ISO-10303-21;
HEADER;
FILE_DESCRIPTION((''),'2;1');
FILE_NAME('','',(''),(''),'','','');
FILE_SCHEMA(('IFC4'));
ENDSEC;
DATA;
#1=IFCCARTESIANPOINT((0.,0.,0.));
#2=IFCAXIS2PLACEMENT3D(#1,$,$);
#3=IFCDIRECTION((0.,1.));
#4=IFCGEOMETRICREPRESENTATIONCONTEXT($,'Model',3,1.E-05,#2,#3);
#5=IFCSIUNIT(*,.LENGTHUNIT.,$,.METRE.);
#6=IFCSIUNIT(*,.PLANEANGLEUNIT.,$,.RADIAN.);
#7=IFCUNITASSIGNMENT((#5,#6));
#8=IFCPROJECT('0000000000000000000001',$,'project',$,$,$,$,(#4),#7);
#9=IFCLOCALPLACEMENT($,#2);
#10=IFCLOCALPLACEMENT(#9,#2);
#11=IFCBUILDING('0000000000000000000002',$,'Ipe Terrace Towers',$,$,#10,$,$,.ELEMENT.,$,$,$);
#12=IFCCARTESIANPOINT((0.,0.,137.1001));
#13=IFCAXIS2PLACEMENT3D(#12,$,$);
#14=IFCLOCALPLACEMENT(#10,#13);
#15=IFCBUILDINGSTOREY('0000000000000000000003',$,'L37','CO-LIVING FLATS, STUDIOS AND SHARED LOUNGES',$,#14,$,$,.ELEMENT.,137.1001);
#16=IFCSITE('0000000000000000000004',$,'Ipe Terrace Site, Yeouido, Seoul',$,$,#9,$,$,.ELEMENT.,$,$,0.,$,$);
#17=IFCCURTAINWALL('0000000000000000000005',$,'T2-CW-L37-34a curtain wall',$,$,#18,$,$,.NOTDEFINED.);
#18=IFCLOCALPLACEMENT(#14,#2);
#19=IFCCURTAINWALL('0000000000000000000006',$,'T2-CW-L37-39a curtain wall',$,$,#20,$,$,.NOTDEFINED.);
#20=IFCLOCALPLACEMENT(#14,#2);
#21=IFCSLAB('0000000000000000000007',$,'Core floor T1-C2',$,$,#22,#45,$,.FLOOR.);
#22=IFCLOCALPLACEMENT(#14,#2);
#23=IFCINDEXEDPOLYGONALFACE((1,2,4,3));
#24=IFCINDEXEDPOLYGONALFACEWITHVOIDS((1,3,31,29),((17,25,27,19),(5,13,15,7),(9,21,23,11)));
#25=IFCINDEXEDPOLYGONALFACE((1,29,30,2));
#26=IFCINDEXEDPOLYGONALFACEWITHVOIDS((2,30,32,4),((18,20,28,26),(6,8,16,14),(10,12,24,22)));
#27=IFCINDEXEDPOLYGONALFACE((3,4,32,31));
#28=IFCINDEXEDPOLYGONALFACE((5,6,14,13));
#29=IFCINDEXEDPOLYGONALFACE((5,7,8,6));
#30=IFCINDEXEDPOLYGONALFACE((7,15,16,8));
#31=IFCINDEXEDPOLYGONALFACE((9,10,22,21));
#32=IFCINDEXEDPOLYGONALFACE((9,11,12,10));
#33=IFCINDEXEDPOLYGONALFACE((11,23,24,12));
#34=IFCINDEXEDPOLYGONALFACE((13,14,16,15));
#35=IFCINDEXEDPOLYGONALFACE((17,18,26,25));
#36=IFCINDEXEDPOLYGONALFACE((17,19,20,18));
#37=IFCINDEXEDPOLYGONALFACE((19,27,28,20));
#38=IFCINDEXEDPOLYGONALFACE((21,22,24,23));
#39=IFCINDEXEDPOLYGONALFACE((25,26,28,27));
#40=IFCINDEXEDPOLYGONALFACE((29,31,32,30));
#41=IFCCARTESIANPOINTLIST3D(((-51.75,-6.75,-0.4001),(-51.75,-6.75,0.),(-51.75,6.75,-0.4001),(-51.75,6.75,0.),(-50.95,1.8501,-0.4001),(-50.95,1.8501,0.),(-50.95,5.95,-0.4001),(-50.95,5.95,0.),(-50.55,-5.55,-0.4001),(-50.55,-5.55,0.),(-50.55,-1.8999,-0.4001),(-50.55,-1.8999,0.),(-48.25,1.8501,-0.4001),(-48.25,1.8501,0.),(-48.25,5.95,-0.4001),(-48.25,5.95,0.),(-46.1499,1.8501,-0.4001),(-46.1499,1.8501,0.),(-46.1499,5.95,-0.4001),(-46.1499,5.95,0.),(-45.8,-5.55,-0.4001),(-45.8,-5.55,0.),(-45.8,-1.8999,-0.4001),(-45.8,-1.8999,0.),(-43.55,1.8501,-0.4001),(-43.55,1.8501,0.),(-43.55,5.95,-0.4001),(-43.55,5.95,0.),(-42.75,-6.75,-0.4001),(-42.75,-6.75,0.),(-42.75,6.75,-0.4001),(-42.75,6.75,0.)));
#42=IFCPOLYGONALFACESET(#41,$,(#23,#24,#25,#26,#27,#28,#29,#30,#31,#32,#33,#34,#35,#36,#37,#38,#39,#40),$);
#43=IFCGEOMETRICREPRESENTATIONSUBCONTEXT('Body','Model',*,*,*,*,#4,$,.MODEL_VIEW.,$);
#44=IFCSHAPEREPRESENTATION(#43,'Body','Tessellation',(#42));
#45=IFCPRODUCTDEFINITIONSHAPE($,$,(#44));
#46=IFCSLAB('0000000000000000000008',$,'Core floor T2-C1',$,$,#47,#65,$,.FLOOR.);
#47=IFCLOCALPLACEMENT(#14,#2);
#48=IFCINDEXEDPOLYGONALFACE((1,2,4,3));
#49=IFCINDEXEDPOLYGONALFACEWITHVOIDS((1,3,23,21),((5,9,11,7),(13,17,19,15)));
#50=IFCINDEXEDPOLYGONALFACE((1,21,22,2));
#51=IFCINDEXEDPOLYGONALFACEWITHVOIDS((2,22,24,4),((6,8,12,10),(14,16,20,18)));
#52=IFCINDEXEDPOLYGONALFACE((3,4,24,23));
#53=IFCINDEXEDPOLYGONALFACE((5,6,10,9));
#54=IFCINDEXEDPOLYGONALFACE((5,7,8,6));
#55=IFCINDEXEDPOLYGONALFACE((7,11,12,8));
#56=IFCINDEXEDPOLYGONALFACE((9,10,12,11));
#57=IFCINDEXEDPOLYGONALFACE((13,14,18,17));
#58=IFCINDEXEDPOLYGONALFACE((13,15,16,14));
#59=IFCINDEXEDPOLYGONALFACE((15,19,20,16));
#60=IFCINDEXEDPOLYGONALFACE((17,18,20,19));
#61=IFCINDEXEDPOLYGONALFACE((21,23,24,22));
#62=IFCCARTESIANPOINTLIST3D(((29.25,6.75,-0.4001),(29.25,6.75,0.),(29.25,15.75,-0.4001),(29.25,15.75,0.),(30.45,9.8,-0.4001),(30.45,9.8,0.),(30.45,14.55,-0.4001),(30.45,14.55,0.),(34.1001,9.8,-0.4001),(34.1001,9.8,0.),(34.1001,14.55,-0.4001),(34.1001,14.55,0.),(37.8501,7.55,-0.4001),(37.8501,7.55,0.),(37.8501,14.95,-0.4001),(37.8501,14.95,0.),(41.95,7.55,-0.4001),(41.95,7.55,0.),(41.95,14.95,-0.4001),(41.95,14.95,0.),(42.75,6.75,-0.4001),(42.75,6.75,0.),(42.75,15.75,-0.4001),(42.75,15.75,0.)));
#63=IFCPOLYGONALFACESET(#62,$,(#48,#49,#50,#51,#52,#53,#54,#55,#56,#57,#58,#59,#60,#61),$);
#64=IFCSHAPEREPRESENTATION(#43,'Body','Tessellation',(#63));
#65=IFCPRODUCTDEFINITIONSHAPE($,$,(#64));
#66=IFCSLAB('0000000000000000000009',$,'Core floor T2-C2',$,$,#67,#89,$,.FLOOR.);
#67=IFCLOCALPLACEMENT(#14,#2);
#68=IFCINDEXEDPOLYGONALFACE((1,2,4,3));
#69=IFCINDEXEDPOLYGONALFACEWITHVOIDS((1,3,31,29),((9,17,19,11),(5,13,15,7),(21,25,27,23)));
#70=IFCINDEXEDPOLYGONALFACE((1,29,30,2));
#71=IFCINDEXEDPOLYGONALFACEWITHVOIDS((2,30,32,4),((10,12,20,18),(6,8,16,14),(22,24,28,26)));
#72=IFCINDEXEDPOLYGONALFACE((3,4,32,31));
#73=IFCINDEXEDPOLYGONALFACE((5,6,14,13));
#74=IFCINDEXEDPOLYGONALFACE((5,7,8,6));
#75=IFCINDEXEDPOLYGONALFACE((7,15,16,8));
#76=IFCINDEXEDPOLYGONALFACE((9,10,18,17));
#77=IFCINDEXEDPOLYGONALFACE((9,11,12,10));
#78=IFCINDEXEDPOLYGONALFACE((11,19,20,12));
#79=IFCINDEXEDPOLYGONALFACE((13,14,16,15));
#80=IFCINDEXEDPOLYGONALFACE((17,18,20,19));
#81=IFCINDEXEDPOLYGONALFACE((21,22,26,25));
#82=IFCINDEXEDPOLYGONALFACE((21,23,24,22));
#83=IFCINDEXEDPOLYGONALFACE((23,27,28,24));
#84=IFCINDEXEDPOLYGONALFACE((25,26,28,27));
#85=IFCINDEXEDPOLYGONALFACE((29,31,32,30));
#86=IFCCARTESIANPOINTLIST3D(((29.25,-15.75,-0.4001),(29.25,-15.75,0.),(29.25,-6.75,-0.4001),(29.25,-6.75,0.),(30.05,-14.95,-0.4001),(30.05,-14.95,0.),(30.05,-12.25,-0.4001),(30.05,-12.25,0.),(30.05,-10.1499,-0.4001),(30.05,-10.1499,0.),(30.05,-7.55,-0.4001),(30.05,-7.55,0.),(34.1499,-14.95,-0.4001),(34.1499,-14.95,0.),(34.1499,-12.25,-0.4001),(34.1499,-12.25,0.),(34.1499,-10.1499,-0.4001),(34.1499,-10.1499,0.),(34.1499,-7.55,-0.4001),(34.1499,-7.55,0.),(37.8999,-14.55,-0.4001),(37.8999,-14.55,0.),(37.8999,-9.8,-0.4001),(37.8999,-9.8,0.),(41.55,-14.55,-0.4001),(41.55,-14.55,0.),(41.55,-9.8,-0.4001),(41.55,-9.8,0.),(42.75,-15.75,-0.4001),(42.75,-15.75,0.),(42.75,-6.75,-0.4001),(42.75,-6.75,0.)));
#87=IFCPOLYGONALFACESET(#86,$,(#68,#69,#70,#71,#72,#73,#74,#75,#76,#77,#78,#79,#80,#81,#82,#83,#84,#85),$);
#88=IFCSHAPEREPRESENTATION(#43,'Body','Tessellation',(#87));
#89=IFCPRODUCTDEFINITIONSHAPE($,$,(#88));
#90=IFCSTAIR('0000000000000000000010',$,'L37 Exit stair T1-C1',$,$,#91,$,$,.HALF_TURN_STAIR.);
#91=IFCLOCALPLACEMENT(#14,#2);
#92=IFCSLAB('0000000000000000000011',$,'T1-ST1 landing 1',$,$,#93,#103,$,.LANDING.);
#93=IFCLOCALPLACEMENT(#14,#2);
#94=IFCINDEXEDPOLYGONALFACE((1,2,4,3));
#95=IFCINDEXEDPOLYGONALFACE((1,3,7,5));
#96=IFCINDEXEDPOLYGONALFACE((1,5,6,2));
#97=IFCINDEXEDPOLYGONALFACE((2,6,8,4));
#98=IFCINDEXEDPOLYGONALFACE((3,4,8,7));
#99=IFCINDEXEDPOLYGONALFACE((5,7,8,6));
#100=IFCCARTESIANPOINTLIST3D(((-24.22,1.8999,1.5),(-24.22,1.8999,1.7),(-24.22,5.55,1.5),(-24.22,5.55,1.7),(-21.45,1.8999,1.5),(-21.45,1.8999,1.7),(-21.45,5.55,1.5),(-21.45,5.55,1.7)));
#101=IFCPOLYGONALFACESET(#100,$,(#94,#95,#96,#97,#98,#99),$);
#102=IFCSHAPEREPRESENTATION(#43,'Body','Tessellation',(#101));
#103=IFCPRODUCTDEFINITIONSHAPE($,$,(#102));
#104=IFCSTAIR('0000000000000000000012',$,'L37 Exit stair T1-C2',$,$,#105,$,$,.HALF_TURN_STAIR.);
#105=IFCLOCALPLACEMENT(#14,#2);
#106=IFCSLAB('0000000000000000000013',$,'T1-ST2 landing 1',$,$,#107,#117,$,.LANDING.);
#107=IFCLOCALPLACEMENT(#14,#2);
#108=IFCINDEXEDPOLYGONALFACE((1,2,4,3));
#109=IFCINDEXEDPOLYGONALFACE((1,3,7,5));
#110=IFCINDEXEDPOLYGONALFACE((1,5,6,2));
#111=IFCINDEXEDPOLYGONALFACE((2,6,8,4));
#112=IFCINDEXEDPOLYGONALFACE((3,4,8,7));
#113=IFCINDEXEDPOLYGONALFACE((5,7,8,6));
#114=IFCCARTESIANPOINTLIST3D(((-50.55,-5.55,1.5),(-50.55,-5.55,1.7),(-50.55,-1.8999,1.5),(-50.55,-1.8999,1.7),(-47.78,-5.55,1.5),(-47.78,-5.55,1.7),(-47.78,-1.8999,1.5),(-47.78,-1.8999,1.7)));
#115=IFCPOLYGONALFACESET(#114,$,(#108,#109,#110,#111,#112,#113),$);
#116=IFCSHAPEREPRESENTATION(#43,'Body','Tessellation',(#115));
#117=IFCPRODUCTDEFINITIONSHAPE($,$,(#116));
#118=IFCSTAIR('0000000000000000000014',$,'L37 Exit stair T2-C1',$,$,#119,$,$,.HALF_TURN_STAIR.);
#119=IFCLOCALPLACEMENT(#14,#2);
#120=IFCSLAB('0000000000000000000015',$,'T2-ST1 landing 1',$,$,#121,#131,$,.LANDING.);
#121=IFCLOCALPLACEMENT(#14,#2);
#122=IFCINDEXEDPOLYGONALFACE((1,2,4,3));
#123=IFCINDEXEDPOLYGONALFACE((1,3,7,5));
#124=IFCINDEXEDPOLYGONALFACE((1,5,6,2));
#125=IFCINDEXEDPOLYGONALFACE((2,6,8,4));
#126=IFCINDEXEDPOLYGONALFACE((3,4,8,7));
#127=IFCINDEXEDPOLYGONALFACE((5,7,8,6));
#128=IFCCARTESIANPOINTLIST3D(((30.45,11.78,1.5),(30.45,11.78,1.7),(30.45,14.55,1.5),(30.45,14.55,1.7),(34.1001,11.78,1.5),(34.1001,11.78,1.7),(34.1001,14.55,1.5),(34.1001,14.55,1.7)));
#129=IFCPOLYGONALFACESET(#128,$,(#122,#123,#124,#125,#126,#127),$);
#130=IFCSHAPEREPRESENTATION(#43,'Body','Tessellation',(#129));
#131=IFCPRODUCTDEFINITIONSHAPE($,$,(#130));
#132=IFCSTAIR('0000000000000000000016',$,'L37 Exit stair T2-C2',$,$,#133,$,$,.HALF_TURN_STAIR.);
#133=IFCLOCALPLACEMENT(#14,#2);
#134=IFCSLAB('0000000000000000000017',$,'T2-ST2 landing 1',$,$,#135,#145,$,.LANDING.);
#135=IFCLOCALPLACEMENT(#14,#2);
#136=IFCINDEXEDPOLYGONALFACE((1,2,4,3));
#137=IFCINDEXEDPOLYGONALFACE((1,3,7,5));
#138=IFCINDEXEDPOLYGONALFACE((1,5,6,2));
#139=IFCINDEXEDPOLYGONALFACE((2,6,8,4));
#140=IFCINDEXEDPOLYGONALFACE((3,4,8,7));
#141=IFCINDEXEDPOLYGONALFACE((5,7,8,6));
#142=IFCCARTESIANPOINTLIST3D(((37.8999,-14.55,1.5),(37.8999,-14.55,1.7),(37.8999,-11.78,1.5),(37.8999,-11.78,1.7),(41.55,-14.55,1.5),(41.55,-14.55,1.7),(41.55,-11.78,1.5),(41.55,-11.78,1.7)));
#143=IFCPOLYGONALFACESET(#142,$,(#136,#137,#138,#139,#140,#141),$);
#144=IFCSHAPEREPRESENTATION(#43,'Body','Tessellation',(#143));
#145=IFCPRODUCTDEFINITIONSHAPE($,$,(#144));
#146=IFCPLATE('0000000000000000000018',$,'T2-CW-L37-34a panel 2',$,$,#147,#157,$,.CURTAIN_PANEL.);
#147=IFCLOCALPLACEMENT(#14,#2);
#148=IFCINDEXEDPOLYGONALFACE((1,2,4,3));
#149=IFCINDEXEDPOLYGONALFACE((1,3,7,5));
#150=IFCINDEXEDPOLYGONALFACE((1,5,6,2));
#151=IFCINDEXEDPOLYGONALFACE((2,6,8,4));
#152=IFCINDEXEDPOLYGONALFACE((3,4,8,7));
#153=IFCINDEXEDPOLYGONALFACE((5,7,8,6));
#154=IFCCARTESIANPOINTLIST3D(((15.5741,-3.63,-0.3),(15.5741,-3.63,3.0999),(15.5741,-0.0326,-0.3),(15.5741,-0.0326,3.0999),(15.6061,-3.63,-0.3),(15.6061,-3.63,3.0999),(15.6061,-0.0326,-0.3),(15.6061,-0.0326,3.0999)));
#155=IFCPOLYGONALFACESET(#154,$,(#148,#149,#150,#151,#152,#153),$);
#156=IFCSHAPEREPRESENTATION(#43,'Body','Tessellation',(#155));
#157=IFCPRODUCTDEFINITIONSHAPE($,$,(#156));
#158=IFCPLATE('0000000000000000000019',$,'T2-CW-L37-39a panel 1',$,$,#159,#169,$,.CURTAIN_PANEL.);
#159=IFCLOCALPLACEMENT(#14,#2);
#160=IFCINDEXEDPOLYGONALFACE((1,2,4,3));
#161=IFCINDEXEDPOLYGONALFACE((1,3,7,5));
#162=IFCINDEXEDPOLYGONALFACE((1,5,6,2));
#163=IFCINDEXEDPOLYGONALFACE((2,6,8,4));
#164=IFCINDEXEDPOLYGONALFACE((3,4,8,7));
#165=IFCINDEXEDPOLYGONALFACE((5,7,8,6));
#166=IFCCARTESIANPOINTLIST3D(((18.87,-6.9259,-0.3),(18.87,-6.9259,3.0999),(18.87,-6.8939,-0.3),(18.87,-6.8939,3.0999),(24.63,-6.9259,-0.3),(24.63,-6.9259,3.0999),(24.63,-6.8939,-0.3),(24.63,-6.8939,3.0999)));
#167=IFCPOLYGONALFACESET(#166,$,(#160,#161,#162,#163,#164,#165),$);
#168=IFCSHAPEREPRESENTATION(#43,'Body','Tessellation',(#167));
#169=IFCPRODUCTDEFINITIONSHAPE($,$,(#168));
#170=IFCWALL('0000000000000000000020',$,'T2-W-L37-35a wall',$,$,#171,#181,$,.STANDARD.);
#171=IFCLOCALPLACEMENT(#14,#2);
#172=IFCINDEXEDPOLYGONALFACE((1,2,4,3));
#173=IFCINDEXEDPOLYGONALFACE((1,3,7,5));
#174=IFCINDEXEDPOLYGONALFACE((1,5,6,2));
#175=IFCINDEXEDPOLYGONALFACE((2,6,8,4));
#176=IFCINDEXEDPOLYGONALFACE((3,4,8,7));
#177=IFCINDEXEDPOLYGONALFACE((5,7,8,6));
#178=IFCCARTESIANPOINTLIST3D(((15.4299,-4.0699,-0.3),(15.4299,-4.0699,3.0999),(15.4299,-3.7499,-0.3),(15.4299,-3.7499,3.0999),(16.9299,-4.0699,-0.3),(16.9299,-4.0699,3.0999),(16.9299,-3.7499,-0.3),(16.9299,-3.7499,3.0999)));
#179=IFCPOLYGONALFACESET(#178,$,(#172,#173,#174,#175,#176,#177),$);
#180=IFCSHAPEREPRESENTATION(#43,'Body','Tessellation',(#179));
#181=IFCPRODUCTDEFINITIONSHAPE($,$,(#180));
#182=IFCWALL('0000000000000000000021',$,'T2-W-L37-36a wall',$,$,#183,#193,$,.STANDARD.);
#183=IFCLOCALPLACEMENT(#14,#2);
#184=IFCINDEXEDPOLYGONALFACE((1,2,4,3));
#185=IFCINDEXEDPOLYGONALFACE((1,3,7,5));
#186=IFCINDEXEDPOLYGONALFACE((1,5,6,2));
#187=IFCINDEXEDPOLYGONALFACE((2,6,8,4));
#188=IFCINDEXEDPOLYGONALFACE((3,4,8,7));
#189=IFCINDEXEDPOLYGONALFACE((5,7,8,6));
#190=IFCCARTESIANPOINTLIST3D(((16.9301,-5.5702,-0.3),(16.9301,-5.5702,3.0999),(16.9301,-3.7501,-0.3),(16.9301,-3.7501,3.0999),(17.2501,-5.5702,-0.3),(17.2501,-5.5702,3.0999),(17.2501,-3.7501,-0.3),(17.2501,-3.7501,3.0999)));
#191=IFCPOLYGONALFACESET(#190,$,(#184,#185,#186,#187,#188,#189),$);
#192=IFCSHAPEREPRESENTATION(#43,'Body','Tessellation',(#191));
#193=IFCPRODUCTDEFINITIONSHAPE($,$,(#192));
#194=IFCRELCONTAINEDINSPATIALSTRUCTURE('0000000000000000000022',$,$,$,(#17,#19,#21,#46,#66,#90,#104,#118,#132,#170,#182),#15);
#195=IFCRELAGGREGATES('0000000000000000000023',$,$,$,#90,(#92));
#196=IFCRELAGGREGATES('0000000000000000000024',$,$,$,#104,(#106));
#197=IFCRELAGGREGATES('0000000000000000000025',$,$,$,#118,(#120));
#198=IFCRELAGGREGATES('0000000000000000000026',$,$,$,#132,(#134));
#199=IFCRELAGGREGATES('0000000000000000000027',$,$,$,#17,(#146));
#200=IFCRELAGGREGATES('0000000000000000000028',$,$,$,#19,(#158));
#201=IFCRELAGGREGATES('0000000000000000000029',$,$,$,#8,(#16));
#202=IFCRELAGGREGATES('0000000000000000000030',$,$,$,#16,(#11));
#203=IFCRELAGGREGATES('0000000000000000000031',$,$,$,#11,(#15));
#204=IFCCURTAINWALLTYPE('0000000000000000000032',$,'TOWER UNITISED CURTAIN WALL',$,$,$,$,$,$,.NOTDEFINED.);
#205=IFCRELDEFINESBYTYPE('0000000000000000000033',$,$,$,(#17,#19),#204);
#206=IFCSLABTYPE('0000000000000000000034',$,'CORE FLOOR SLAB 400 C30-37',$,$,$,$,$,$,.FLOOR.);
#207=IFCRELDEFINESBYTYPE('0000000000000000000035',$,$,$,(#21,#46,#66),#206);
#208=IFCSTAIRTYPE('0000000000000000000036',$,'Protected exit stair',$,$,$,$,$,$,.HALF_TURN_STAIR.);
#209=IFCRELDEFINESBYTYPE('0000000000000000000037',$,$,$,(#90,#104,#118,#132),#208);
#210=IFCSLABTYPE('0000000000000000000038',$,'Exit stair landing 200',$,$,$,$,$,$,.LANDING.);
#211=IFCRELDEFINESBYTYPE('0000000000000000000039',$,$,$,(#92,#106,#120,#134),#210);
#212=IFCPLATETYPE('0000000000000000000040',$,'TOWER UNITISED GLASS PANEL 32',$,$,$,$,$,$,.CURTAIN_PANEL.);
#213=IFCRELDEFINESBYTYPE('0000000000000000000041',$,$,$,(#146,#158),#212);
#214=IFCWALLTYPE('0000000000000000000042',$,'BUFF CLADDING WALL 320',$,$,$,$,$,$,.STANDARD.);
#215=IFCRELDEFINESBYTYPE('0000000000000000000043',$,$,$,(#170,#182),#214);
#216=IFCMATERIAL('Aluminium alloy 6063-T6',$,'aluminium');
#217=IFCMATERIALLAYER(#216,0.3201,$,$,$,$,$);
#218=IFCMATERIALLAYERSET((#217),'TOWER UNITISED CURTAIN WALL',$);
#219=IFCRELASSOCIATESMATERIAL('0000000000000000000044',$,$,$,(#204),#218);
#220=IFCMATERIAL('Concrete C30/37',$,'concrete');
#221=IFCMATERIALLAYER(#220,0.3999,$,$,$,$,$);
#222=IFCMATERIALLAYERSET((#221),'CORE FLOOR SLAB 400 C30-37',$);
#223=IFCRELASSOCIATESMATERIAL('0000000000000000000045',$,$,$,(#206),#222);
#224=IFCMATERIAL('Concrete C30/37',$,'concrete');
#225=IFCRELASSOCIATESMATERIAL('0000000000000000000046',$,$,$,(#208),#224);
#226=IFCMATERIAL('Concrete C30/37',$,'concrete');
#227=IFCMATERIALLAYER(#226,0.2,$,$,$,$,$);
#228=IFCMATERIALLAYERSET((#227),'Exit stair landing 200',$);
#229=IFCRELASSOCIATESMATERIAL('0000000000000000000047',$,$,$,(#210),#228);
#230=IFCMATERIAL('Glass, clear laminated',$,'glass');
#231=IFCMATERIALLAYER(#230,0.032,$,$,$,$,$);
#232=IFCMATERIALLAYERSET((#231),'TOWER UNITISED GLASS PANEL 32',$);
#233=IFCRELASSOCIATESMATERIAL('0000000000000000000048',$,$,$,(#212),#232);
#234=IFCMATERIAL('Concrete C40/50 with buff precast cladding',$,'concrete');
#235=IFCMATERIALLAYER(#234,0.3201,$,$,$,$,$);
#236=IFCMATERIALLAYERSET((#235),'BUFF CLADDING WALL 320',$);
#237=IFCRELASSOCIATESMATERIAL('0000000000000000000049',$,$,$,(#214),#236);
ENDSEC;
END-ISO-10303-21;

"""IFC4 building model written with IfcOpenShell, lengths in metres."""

from ifc_helpers import new_model, si_unit, direction, frame, frame_2d, origin, origin_2d, place, context, subcontext, project, spatial, polyline, rectangle, outline, extrude, material, layer, layer_set, type_object, element, aggregate, save


model = new_model("IFC4")

# Units and contexts
model_context = context("Model", 3, precision=1e-05, world=origin(), true_north=direction((0.0, 1.0)))
body_context = subcontext(model_context, "Body", "Model", "MODEL_VIEW")
ifc_project = project(units=[si_unit("LENGTHUNIT", "METRE"), si_unit("PLANEANGLEUNIT", "RADIAN")], contexts=[model_context])

# Site, building, storey
site_placement = place(None, origin())
site = spatial("IfcSite", under=ifc_project, at=site_placement, Name="Ipe Terrace Site, Yeouido, Seoul", CompositionType="ELEMENT", RefElevation=0.0)
building_placement = place(site_placement, origin())
building = spatial("IfcBuilding", under=site, at=building_placement, Name="Ipe Terrace Towers", CompositionType="ELEMENT")
storey_placement = place(building_placement, frame((0.0, 0.0, 137.1001)))
storey = spatial("IfcBuildingStorey", under=building, at=storey_placement, Name="L37", Description="CO-LIVING FLATS, STUDIOS AND SHARED LOUNGES", CompositionType="ELEMENT", Elevation=137.1001)

# Curtain walls
ifc_material_1 = material(Name="Aluminium alloy 6063-T6", Category="aluminium")
ifc_layer_1 = layer(ifc_material_1, 0.3201)
ifc_layer_set_1 = layer_set([ifc_layer_1], Name="TOWER UNITISED CURTAIN WALL")
curtain_wall_type = type_object("IfcCurtainWallType", Name="TOWER UNITISED CURTAIN WALL", PredefinedType="NOTDEFINED", material=ifc_layer_set_1)
curtain_wall_1_placement = place(storey_placement, origin())
curtain_wall_1 = element("IfcCurtainWall", 1, at=curtain_wall_1_placement, inside=storey, type_object=curtain_wall_type, Name="T2-CW-L37-34a curtain wall", PredefinedType="NOTDEFINED")
curtain_wall_2_placement = place(storey_placement, origin())
curtain_wall_2 = element("IfcCurtainWall", 2, at=curtain_wall_2_placement, inside=storey, type_object=curtain_wall_type, Name="T2-CW-L37-39a curtain wall", PredefinedType="NOTDEFINED")

# Slabs
ifc_material_2 = material(Name="Concrete C30/37", Category="concrete")
ifc_layer_2 = layer(ifc_material_2, 0.3999)
ifc_layer_set_2 = layer_set([ifc_layer_2], Name="CORE FLOOR SLAB 400 C30-37")
slab_type_1 = type_object("IfcSlabType", Name="CORE FLOOR SLAB 400 C30-37", PredefinedType="FLOOR", material=ifc_layer_set_2)
slab_1_placement = place(storey_placement, frame((0.0, 0.0, -0.4001)))
element("IfcSlab", 3, at=slab_1_placement, inside=storey, type_object=slab_type_1, Name="Core floor T1-C2", PredefinedType="FLOOR", context=body_context, shape_type="SweptSolid", body=[
    extrude(outline(polyline([(-51.75, -6.75), (-51.75, 6.75), (-42.75, 6.75), (-42.75, -6.75), (-51.75, -6.75)]), holes=[polyline([(-45.8, -1.8999), (-50.55, -1.8999), (-50.55, -5.55), (-45.8, -5.55), (-45.8, -1.8999)]), polyline([(-48.25, 1.8501), (-48.25, 5.95), (-50.95, 5.95), (-50.95, 1.8501), (-48.25, 1.8501)]), polyline([(-43.55, 1.8501), (-43.55, 5.95), (-46.1499, 5.95), (-46.1499, 1.8501), (-43.55, 1.8501)])]), origin(), (0.0, 0.0, 1.0), 0.4001),
])
slab_2_placement = place(storey_placement, frame((0.0, 0.0, -0.4001)))
element("IfcSlab", 4, at=slab_2_placement, inside=storey, type_object=slab_type_1, Name="Core floor T2-C1", PredefinedType="FLOOR", context=body_context, shape_type="SweptSolid", body=[
    extrude(outline(polyline([(29.25, 6.75), (29.25, 15.75), (42.75, 15.75), (42.75, 6.75), (29.25, 6.75)]), holes=[polyline([(41.95, 7.55), (41.95, 14.95), (37.8501, 14.95), (37.8501, 7.55), (41.95, 7.55)]), polyline([(30.45, 9.8), (34.1001, 9.8), (34.1001, 14.55), (30.45, 14.55), (30.45, 9.8)])]), origin(), (0.0, 0.0, 1.0), 0.4001),
])
slab_3_placement = place(storey_placement, frame((0.0, 0.0, -0.4001)))
element("IfcSlab", 5, at=slab_3_placement, inside=storey, type_object=slab_type_1, Name="Core floor T2-C2", PredefinedType="FLOOR", context=body_context, shape_type="SweptSolid", body=[
    extrude(outline(polyline([(29.25, -15.75), (29.25, -6.75), (42.75, -6.75), (42.75, -15.75), (29.25, -15.75)]), holes=[polyline([(30.05, -12.25), (30.05, -14.95), (34.1499, -14.95), (34.1499, -12.25), (30.05, -12.25)]), polyline([(41.55, -9.8), (37.8999, -9.8), (37.8999, -14.55), (41.55, -14.55), (41.55, -9.8)]), polyline([(34.1499, -7.55), (30.05, -7.55), (30.05, -10.1499), (34.1499, -10.1499), (34.1499, -7.55)])]), origin(), (0.0, 0.0, 1.0), 0.4001),
])

# Stairs, slabs
ifc_material_3 = material(Name="Concrete C30/37", Category="concrete")
stair_type = type_object("IfcStairType", Name="Protected exit stair", PredefinedType="HALF_TURN_STAIR", material=ifc_material_3)
stair_1_placement = place(storey_placement, origin())
stair_1 = element("IfcStair", 6, at=stair_1_placement, inside=storey, type_object=stair_type, Name="L37 Exit stair T1-C1", PredefinedType="HALF_TURN_STAIR")
ifc_material_4 = material(Name="Concrete C30/37", Category="concrete")
ifc_layer_3 = layer(ifc_material_4, 0.2)
ifc_layer_set_3 = layer_set([ifc_layer_3], Name="Exit stair landing 200")
slab_type_2 = type_object("IfcSlabType", Name="Exit stair landing 200", PredefinedType="LANDING", material=ifc_layer_set_3)
slab_4_placement = place(storey_placement, frame((0.0, 0.0, 1.5)))
slab_4 = element("IfcSlab", 7, at=slab_4_placement, type_object=slab_type_2, Name="T1-ST1 landing 1", PredefinedType="LANDING", context=body_context, shape_type="SweptSolid", body=[
    extrude(outline(polyline([(-24.22, 1.8999), (-21.45, 1.8999), (-21.45, 5.55), (-24.22, 5.55), (-24.22, 1.8999)])), origin(), (0.0, 0.0, 1.0), 0.2),
])
aggregate(stair_1, [slab_4])
stair_2_placement = place(storey_placement, origin())
stair_2 = element("IfcStair", 8, at=stair_2_placement, inside=storey, type_object=stair_type, Name="L37 Exit stair T1-C2", PredefinedType="HALF_TURN_STAIR")
slab_5_placement = place(storey_placement, frame((0.0, 0.0, 1.5)))
slab_5 = element("IfcSlab", 9, at=slab_5_placement, type_object=slab_type_2, Name="T1-ST2 landing 1", PredefinedType="LANDING", context=body_context, shape_type="SweptSolid", body=[
    extrude(outline(polyline([(-47.78, -1.8999), (-50.55, -1.8999), (-50.55, -5.55), (-47.78, -5.55), (-47.78, -1.8999)])), origin(), (0.0, 0.0, 1.0), 0.2),
])
aggregate(stair_2, [slab_5])
stair_3_placement = place(storey_placement, origin())
stair_3 = element("IfcStair", 10, at=stair_3_placement, inside=storey, type_object=stair_type, Name="L37 Exit stair T2-C1", PredefinedType="HALF_TURN_STAIR")
slab_6_placement = place(storey_placement, frame((0.0, 0.0, 1.5)))
slab_6 = element("IfcSlab", 11, at=slab_6_placement, type_object=slab_type_2, Name="T2-ST1 landing 1", PredefinedType="LANDING", context=body_context, shape_type="SweptSolid", body=[
    extrude(outline(polyline([(34.1001, 11.78), (34.1001, 14.55), (30.45, 14.55), (30.45, 11.78), (34.1001, 11.78)])), origin(), (0.0, 0.0, 1.0), 0.2),
])
aggregate(stair_3, [slab_6])
stair_4_placement = place(storey_placement, origin())
stair_4 = element("IfcStair", 12, at=stair_4_placement, inside=storey, type_object=stair_type, Name="L37 Exit stair T2-C2", PredefinedType="HALF_TURN_STAIR")
slab_7_placement = place(storey_placement, frame((0.0, 0.0, 1.5)))
slab_7 = element("IfcSlab", 13, at=slab_7_placement, type_object=slab_type_2, Name="T2-ST2 landing 1", PredefinedType="LANDING", context=body_context, shape_type="SweptSolid", body=[
    extrude(outline(polyline([(37.8999, -11.78), (37.8999, -14.55), (41.55, -14.55), (41.55, -11.78), (37.8999, -11.78)])), origin(), (0.0, 0.0, 1.0), 0.2),
])
aggregate(stair_4, [slab_7])

# Plates
ifc_material_5 = material(Name="Glass, clear laminated", Category="glass")
ifc_layer_4 = layer(ifc_material_5, 0.032)
ifc_layer_set_4 = layer_set([ifc_layer_4], Name="TOWER UNITISED GLASS PANEL 32")
plate_type = type_object("IfcPlateType", Name="TOWER UNITISED GLASS PANEL 32", PredefinedType="CURTAIN_PANEL", material=ifc_layer_set_4)
plate_1_placement = place(storey_placement, frame((15.5901, -1.8313, -0.3), z_axis=(0.0, 0.0, 1.0), x_axis=(0.0, -1.0, 0.0)))
plate_1 = element("IfcPlate", 14, at=plate_1_placement, type_object=plate_type, Name="T2-CW-L37-34a panel 2", PredefinedType="CURTAIN_PANEL", context=body_context, shape_type="SweptSolid", body=[
    extrude(rectangle(XDim=3.5974, YDim=0.032, at=origin_2d()), origin(), (0.0, 0.0, 1.0), 3.3999),
])
aggregate(curtain_wall_1, [plate_1])
plate_2_placement = place(storey_placement, frame((21.75, -6.9099, -0.3), z_axis=(0.0, 0.0, 1.0), x_axis=(1.0, 0.0, 0.0)))
plate_2 = element("IfcPlate", 15, at=plate_2_placement, type_object=plate_type, Name="T2-CW-L37-39a panel 1", PredefinedType="CURTAIN_PANEL", context=body_context, shape_type="SweptSolid", body=[
    extrude(rectangle(XDim=5.76, YDim=0.032, at=origin_2d()), origin(), (0.0, 0.0, 1.0), 3.3999),
])
aggregate(curtain_wall_2, [plate_2])

# Walls
ifc_material_6 = material(Name="Concrete C40/50 with buff precast cladding", Category="concrete")
ifc_layer_5 = layer(ifc_material_6, 0.3201)
ifc_layer_set_5 = layer_set([ifc_layer_5], Name="BUFF CLADDING WALL 320")
wall_type_1 = type_object("IfcWallType", Name="BUFF CLADDING WALL 320", PredefinedType="STANDARD", material=ifc_layer_set_5)
wall_1_placement = place(storey_placement, frame((15.4299, -3.9099, -0.3), z_axis=(0.0, 0.0, 1.0), x_axis=(1.0, 0.0, 0.0)))
element("IfcWall", 16, at=wall_1_placement, inside=storey, type_object=wall_type_1, Name="T2-W-L37-35a wall", PredefinedType="STANDARD", context=body_context, shape_type="SweptSolid", body=[
    extrude(rectangle(XDim=1.5, YDim=0.3201, at=frame_2d((0.75, 0.0))), origin(), (0.0, 0.0, 1.0), 3.3999),
])
wall_2_placement = place(storey_placement, frame((17.0901, -3.75, -0.3), z_axis=(0.0, 0.0, 1.0), x_axis=(0.0, -1.0, 0.0)))
element("IfcWall", 17, at=wall_2_placement, inside=storey, type_object=wall_type_1, Name="T2-W-L37-36a wall", PredefinedType="STANDARD", context=body_context, shape_type="SweptSolid", body=[
    extrude(rectangle(XDim=1.8201, YDim=0.3201, at=frame_2d((0.9102, 0.0))), origin(), (0.0, 0.0, 1.0), 3.3999),
])

save(model, "model.ifc")
